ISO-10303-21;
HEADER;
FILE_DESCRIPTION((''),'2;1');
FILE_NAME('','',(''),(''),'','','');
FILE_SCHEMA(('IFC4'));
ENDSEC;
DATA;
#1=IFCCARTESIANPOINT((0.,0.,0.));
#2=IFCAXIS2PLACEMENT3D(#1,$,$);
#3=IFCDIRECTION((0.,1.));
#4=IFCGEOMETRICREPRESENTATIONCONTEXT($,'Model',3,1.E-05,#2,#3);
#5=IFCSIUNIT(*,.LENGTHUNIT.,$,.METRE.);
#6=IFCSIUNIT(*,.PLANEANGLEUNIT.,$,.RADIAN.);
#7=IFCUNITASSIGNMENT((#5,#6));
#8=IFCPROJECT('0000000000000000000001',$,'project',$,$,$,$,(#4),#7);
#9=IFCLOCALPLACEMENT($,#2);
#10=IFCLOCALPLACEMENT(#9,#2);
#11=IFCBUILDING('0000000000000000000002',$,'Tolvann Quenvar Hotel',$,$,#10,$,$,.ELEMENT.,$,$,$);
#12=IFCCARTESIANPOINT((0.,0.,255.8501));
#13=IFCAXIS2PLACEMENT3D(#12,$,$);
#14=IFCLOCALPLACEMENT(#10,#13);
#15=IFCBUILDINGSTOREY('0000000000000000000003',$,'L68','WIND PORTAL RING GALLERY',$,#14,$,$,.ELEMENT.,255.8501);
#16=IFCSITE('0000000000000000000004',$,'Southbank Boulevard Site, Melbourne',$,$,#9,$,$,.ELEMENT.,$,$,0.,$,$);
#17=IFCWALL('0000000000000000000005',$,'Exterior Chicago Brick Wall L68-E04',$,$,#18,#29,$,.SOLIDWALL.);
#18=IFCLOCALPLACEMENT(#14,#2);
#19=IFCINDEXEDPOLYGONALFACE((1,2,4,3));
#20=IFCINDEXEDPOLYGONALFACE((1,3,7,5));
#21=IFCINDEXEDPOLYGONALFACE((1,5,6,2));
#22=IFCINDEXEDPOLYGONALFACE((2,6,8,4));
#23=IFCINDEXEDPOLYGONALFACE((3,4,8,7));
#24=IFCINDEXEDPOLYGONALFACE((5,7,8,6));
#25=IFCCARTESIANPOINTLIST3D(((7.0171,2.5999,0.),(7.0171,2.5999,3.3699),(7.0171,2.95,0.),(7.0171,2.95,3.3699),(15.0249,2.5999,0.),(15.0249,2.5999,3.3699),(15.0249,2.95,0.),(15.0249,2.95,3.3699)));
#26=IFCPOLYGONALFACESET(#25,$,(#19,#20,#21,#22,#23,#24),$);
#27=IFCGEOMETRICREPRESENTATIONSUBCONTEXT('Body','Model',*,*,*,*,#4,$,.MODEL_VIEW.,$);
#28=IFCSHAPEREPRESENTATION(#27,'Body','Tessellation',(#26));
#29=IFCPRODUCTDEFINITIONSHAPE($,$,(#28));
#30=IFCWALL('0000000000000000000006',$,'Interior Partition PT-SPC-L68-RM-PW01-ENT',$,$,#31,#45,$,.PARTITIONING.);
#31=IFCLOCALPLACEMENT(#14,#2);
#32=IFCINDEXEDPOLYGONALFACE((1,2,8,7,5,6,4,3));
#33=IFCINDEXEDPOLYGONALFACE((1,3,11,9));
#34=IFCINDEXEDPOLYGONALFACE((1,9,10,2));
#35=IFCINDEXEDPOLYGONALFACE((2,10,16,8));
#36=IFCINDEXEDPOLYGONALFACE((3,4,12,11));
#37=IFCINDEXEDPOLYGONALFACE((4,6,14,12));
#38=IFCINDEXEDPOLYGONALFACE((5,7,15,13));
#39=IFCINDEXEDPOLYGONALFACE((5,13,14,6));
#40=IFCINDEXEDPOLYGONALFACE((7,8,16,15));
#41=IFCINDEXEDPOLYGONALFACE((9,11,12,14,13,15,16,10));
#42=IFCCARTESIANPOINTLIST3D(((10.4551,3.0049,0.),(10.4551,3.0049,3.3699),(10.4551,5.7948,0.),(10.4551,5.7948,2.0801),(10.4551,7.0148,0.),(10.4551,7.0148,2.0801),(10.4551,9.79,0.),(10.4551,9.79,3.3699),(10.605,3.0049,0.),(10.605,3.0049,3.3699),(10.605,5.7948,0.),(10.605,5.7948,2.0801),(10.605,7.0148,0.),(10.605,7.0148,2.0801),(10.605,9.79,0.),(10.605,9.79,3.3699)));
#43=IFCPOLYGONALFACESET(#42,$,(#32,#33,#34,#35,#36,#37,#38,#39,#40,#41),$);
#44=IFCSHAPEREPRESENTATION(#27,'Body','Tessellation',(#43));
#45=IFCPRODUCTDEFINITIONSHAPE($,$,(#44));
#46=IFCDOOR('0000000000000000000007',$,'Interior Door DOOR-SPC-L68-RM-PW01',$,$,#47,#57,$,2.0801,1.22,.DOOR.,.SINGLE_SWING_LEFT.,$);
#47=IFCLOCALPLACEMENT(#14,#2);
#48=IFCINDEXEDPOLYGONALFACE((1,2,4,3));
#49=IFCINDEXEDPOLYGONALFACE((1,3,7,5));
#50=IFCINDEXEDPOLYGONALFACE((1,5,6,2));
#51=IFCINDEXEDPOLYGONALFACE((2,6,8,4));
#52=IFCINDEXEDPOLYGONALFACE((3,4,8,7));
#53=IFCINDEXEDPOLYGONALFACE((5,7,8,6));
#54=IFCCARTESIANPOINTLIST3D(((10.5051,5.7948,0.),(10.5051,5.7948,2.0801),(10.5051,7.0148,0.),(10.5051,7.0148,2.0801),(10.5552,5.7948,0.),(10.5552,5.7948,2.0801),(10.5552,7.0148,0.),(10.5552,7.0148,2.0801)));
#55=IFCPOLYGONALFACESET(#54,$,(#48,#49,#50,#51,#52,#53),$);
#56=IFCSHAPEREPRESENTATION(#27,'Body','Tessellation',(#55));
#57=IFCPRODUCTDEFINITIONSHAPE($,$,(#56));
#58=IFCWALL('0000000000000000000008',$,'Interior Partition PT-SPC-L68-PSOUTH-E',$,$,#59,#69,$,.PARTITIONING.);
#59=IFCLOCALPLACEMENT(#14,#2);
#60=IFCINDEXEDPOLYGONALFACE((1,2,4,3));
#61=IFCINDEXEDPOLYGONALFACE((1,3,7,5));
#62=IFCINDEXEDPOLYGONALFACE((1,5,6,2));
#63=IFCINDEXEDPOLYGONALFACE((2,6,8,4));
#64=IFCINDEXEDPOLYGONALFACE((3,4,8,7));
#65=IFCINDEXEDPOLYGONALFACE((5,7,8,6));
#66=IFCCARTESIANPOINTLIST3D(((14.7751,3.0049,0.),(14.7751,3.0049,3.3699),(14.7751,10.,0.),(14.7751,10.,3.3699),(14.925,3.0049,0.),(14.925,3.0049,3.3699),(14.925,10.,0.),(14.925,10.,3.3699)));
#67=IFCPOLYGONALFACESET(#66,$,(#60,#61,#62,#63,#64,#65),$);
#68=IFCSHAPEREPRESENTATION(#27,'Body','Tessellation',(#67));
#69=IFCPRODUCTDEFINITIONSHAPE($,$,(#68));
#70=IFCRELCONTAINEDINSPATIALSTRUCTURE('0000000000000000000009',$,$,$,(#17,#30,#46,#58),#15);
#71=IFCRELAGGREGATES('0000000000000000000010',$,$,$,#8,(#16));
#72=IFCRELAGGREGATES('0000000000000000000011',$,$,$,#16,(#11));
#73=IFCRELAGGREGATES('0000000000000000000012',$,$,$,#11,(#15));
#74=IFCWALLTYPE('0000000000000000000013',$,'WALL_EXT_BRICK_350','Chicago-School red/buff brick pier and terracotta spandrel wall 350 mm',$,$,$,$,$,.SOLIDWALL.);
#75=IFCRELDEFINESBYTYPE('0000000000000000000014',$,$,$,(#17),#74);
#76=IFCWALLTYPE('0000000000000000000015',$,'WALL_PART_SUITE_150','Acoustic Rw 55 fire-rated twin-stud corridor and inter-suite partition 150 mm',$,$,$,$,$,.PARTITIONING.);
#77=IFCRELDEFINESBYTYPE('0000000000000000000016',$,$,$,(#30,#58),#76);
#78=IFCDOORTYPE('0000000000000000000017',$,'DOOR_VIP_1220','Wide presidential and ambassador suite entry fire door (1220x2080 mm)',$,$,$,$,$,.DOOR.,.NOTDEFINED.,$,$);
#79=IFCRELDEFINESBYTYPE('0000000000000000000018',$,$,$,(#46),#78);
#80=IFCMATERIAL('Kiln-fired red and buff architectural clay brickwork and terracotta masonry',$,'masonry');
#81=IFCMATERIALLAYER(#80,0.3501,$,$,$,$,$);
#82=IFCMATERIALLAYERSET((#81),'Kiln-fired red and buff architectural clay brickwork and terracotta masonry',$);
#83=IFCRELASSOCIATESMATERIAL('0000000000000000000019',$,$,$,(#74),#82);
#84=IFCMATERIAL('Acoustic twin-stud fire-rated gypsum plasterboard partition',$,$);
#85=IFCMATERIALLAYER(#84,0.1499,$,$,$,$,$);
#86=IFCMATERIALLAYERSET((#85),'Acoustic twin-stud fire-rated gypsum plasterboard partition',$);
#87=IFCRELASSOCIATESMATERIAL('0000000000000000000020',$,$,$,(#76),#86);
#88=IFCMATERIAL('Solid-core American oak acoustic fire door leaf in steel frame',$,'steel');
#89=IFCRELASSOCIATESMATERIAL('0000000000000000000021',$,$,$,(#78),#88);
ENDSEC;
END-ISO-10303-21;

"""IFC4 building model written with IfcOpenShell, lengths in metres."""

from ifc_helpers import new_model, si_unit, direction, frame, frame_2d, origin, place, context, subcontext, project, spatial, rectangle, extrude, source, transform, mapped, material, layer, layer_set, type_object, type_shapes, element, fill, save


model = new_model("IFC4")

# Units and contexts
model_context = context("Model", 3, precision=1e-05, world=origin(), true_north=direction((0.0, 1.0)))
body_context = subcontext(model_context, "Body", "Model", "MODEL_VIEW")
ifc_project = project(units=[si_unit("LENGTHUNIT", "METRE"), si_unit("PLANEANGLEUNIT", "RADIAN")], contexts=[model_context])

# Site, building, storey
site_placement = place(None, origin())
site = spatial("IfcSite", under=ifc_project, at=site_placement, Name="Southbank Boulevard Site, Melbourne", CompositionType="ELEMENT", RefElevation=0.0)
building_placement = place(site_placement, origin())
building = spatial("IfcBuilding", under=site, at=building_placement, Name="Tolvann Quenvar Hotel", CompositionType="ELEMENT")
storey_placement = place(building_placement, frame((0.0, 0.0, 255.8501)))
storey = spatial("IfcBuildingStorey", under=building, at=storey_placement, Name="L68", Description="WIND PORTAL RING GALLERY", CompositionType="ELEMENT", Elevation=255.8501)

# Wall
ifc_material_1 = material(Name="Kiln-fired red and buff architectural clay brickwork and terracotta masonry", Category="masonry")
ifc_layer_1 = layer(ifc_material_1, 0.3501)
ifc_layer_set_1 = layer_set([ifc_layer_1], Name="Kiln-fired red and buff architectural clay brickwork and terracotta masonry")
wall_type_1 = type_object("IfcWallType", Name="WALL_EXT_BRICK_350", Description="Chicago-School red/buff brick pier and terracotta spandrel wall 350 mm", PredefinedType="SOLIDWALL", material=ifc_layer_set_1)
wall_1_placement = place(storey_placement, frame((7.0171, 2.7749, 0.0), z_axis=(0.0, 0.0, 1.0), x_axis=(1.0, 0.0, 0.0)))
element("IfcWall", 1, at=wall_1_placement, inside=storey, type_object=wall_type_1, Name="Exterior Chicago Brick Wall L68-E04", PredefinedType="SOLIDWALL", context=body_context, shape_type="SweptSolid", body=[
    extrude(rectangle(XDim=8.0078, YDim=0.3501, at=frame_2d((4.0039, 0.0))), origin(), (0.0, 0.0, 1.0), 3.3699),
])

# Wall, opening, door
ifc_material_2 = material(Name="Acoustic twin-stud fire-rated gypsum plasterboard partition")
ifc_layer_2 = layer(ifc_material_2, 0.1499)
ifc_layer_set_2 = layer_set([ifc_layer_2], Name="Acoustic twin-stud fire-rated gypsum plasterboard partition")
wall_type_2 = type_object("IfcWallType", Name="WALL_PART_SUITE_150", Description="Acoustic Rw 55 fire-rated twin-stud corridor and inter-suite partition 150 mm", PredefinedType="PARTITIONING", material=ifc_layer_set_2)
wall_2_placement = place(storey_placement, frame((10.53, 3.0049, 0.0), z_axis=(0.0, 0.0, 1.0), x_axis=(0.0, 1.0, 0.0)))
wall_2 = element("IfcWall", 2, at=wall_2_placement, inside=storey, type_object=wall_type_2, Name="Interior Partition PT-SPC-L68-RM-PW01-ENT", PredefinedType="PARTITIONING", context=body_context, shape_type="SweptSolid", body=[
    extrude(rectangle(XDim=6.7852, YDim=0.1499, at=frame_2d((3.3926, 0.0))), origin(), (0.0, 0.0, 1.0), 3.3699),
])
opening_1_placement = place(wall_2_placement, frame((2.79, 0.0, 0.0)))
opening_1 = element("IfcOpeningElement", 3, at=opening_1_placement, cuts=wall_2, PredefinedType="OPENING", context=body_context, shape_type="SweptSolid", body=[
    extrude(rectangle(XDim=1.22, YDim=2.0801, at=frame_2d((0.6099, 1.04))), frame((0.0, 0.085, 0.0), z_axis=(0.0, -1.0, 0.0), x_axis=(1.0, 0.0, 0.0)), (0.0, 0.0, 1.0), 0.1699),
])
ifc_material_3 = material(Name="Solid-core American oak acoustic fire door leaf in steel frame", Category="steel")
door_type_1 = type_object("IfcDoorType", Name="DOOR_VIP_1220", Description="Wide presidential and ambassador suite entry fire door (1220x2080 mm)", OperationType="NOTDEFINED", PredefinedType="DOOR", material=ifc_material_3)
shared_shape_1 = source(origin(), body_context, "Body", "SweptSolid", [
    extrude(rectangle(XDim=1.22, YDim=2.0801, at=frame_2d((0.6099, 1.04))), frame((0.0, 0.0249, 0.0), z_axis=(0.0, -1.0, 0.0), x_axis=(1.0, 0.0, 0.0)), (0.0, 0.0, 1.0), 0.05),
])
type_shapes(door_type_1, [shared_shape_1])
door_1_placement = place(opening_1_placement, origin())
door_1 = element("IfcDoor", 4, at=door_1_placement, inside=storey, type_object=door_type_1, Name="Interior Door DOOR-SPC-L68-RM-PW01", OperationType="SINGLE_SWING_LEFT", OverallHeight=2.0801, OverallWidth=1.22, PredefinedType="DOOR", context=body_context, shape_type="MappedRepresentation", body=[
    mapped(shared_shape_1, transform((0.0, 0.0, 0.0), x_axis=(1.0, 0.0, 0.0), y_axis=(0.0, 1.0, 0.0), z_axis=(0.0, 0.0, 1.0), scale=1.0)),
])
fill(opening_1, door_1)

# Wall
wall_3_placement = place(storey_placement, frame((14.8501, 3.0049, 0.0), z_axis=(0.0, 0.0, 1.0), x_axis=(0.0, 1.0, 0.0)))
element("IfcWall", 5, at=wall_3_placement, inside=storey, type_object=wall_type_2, Name="Interior Partition PT-SPC-L68-PSOUTH-E", PredefinedType="PARTITIONING", context=body_context, shape_type="SweptSolid", body=[
    extrude(rectangle(XDim=6.9951, YDim=0.1499, at=frame_2d((3.4976, 0.0))), origin(), (0.0, 0.0, 1.0), 3.3699),
])

save(model, "model.ifc")
